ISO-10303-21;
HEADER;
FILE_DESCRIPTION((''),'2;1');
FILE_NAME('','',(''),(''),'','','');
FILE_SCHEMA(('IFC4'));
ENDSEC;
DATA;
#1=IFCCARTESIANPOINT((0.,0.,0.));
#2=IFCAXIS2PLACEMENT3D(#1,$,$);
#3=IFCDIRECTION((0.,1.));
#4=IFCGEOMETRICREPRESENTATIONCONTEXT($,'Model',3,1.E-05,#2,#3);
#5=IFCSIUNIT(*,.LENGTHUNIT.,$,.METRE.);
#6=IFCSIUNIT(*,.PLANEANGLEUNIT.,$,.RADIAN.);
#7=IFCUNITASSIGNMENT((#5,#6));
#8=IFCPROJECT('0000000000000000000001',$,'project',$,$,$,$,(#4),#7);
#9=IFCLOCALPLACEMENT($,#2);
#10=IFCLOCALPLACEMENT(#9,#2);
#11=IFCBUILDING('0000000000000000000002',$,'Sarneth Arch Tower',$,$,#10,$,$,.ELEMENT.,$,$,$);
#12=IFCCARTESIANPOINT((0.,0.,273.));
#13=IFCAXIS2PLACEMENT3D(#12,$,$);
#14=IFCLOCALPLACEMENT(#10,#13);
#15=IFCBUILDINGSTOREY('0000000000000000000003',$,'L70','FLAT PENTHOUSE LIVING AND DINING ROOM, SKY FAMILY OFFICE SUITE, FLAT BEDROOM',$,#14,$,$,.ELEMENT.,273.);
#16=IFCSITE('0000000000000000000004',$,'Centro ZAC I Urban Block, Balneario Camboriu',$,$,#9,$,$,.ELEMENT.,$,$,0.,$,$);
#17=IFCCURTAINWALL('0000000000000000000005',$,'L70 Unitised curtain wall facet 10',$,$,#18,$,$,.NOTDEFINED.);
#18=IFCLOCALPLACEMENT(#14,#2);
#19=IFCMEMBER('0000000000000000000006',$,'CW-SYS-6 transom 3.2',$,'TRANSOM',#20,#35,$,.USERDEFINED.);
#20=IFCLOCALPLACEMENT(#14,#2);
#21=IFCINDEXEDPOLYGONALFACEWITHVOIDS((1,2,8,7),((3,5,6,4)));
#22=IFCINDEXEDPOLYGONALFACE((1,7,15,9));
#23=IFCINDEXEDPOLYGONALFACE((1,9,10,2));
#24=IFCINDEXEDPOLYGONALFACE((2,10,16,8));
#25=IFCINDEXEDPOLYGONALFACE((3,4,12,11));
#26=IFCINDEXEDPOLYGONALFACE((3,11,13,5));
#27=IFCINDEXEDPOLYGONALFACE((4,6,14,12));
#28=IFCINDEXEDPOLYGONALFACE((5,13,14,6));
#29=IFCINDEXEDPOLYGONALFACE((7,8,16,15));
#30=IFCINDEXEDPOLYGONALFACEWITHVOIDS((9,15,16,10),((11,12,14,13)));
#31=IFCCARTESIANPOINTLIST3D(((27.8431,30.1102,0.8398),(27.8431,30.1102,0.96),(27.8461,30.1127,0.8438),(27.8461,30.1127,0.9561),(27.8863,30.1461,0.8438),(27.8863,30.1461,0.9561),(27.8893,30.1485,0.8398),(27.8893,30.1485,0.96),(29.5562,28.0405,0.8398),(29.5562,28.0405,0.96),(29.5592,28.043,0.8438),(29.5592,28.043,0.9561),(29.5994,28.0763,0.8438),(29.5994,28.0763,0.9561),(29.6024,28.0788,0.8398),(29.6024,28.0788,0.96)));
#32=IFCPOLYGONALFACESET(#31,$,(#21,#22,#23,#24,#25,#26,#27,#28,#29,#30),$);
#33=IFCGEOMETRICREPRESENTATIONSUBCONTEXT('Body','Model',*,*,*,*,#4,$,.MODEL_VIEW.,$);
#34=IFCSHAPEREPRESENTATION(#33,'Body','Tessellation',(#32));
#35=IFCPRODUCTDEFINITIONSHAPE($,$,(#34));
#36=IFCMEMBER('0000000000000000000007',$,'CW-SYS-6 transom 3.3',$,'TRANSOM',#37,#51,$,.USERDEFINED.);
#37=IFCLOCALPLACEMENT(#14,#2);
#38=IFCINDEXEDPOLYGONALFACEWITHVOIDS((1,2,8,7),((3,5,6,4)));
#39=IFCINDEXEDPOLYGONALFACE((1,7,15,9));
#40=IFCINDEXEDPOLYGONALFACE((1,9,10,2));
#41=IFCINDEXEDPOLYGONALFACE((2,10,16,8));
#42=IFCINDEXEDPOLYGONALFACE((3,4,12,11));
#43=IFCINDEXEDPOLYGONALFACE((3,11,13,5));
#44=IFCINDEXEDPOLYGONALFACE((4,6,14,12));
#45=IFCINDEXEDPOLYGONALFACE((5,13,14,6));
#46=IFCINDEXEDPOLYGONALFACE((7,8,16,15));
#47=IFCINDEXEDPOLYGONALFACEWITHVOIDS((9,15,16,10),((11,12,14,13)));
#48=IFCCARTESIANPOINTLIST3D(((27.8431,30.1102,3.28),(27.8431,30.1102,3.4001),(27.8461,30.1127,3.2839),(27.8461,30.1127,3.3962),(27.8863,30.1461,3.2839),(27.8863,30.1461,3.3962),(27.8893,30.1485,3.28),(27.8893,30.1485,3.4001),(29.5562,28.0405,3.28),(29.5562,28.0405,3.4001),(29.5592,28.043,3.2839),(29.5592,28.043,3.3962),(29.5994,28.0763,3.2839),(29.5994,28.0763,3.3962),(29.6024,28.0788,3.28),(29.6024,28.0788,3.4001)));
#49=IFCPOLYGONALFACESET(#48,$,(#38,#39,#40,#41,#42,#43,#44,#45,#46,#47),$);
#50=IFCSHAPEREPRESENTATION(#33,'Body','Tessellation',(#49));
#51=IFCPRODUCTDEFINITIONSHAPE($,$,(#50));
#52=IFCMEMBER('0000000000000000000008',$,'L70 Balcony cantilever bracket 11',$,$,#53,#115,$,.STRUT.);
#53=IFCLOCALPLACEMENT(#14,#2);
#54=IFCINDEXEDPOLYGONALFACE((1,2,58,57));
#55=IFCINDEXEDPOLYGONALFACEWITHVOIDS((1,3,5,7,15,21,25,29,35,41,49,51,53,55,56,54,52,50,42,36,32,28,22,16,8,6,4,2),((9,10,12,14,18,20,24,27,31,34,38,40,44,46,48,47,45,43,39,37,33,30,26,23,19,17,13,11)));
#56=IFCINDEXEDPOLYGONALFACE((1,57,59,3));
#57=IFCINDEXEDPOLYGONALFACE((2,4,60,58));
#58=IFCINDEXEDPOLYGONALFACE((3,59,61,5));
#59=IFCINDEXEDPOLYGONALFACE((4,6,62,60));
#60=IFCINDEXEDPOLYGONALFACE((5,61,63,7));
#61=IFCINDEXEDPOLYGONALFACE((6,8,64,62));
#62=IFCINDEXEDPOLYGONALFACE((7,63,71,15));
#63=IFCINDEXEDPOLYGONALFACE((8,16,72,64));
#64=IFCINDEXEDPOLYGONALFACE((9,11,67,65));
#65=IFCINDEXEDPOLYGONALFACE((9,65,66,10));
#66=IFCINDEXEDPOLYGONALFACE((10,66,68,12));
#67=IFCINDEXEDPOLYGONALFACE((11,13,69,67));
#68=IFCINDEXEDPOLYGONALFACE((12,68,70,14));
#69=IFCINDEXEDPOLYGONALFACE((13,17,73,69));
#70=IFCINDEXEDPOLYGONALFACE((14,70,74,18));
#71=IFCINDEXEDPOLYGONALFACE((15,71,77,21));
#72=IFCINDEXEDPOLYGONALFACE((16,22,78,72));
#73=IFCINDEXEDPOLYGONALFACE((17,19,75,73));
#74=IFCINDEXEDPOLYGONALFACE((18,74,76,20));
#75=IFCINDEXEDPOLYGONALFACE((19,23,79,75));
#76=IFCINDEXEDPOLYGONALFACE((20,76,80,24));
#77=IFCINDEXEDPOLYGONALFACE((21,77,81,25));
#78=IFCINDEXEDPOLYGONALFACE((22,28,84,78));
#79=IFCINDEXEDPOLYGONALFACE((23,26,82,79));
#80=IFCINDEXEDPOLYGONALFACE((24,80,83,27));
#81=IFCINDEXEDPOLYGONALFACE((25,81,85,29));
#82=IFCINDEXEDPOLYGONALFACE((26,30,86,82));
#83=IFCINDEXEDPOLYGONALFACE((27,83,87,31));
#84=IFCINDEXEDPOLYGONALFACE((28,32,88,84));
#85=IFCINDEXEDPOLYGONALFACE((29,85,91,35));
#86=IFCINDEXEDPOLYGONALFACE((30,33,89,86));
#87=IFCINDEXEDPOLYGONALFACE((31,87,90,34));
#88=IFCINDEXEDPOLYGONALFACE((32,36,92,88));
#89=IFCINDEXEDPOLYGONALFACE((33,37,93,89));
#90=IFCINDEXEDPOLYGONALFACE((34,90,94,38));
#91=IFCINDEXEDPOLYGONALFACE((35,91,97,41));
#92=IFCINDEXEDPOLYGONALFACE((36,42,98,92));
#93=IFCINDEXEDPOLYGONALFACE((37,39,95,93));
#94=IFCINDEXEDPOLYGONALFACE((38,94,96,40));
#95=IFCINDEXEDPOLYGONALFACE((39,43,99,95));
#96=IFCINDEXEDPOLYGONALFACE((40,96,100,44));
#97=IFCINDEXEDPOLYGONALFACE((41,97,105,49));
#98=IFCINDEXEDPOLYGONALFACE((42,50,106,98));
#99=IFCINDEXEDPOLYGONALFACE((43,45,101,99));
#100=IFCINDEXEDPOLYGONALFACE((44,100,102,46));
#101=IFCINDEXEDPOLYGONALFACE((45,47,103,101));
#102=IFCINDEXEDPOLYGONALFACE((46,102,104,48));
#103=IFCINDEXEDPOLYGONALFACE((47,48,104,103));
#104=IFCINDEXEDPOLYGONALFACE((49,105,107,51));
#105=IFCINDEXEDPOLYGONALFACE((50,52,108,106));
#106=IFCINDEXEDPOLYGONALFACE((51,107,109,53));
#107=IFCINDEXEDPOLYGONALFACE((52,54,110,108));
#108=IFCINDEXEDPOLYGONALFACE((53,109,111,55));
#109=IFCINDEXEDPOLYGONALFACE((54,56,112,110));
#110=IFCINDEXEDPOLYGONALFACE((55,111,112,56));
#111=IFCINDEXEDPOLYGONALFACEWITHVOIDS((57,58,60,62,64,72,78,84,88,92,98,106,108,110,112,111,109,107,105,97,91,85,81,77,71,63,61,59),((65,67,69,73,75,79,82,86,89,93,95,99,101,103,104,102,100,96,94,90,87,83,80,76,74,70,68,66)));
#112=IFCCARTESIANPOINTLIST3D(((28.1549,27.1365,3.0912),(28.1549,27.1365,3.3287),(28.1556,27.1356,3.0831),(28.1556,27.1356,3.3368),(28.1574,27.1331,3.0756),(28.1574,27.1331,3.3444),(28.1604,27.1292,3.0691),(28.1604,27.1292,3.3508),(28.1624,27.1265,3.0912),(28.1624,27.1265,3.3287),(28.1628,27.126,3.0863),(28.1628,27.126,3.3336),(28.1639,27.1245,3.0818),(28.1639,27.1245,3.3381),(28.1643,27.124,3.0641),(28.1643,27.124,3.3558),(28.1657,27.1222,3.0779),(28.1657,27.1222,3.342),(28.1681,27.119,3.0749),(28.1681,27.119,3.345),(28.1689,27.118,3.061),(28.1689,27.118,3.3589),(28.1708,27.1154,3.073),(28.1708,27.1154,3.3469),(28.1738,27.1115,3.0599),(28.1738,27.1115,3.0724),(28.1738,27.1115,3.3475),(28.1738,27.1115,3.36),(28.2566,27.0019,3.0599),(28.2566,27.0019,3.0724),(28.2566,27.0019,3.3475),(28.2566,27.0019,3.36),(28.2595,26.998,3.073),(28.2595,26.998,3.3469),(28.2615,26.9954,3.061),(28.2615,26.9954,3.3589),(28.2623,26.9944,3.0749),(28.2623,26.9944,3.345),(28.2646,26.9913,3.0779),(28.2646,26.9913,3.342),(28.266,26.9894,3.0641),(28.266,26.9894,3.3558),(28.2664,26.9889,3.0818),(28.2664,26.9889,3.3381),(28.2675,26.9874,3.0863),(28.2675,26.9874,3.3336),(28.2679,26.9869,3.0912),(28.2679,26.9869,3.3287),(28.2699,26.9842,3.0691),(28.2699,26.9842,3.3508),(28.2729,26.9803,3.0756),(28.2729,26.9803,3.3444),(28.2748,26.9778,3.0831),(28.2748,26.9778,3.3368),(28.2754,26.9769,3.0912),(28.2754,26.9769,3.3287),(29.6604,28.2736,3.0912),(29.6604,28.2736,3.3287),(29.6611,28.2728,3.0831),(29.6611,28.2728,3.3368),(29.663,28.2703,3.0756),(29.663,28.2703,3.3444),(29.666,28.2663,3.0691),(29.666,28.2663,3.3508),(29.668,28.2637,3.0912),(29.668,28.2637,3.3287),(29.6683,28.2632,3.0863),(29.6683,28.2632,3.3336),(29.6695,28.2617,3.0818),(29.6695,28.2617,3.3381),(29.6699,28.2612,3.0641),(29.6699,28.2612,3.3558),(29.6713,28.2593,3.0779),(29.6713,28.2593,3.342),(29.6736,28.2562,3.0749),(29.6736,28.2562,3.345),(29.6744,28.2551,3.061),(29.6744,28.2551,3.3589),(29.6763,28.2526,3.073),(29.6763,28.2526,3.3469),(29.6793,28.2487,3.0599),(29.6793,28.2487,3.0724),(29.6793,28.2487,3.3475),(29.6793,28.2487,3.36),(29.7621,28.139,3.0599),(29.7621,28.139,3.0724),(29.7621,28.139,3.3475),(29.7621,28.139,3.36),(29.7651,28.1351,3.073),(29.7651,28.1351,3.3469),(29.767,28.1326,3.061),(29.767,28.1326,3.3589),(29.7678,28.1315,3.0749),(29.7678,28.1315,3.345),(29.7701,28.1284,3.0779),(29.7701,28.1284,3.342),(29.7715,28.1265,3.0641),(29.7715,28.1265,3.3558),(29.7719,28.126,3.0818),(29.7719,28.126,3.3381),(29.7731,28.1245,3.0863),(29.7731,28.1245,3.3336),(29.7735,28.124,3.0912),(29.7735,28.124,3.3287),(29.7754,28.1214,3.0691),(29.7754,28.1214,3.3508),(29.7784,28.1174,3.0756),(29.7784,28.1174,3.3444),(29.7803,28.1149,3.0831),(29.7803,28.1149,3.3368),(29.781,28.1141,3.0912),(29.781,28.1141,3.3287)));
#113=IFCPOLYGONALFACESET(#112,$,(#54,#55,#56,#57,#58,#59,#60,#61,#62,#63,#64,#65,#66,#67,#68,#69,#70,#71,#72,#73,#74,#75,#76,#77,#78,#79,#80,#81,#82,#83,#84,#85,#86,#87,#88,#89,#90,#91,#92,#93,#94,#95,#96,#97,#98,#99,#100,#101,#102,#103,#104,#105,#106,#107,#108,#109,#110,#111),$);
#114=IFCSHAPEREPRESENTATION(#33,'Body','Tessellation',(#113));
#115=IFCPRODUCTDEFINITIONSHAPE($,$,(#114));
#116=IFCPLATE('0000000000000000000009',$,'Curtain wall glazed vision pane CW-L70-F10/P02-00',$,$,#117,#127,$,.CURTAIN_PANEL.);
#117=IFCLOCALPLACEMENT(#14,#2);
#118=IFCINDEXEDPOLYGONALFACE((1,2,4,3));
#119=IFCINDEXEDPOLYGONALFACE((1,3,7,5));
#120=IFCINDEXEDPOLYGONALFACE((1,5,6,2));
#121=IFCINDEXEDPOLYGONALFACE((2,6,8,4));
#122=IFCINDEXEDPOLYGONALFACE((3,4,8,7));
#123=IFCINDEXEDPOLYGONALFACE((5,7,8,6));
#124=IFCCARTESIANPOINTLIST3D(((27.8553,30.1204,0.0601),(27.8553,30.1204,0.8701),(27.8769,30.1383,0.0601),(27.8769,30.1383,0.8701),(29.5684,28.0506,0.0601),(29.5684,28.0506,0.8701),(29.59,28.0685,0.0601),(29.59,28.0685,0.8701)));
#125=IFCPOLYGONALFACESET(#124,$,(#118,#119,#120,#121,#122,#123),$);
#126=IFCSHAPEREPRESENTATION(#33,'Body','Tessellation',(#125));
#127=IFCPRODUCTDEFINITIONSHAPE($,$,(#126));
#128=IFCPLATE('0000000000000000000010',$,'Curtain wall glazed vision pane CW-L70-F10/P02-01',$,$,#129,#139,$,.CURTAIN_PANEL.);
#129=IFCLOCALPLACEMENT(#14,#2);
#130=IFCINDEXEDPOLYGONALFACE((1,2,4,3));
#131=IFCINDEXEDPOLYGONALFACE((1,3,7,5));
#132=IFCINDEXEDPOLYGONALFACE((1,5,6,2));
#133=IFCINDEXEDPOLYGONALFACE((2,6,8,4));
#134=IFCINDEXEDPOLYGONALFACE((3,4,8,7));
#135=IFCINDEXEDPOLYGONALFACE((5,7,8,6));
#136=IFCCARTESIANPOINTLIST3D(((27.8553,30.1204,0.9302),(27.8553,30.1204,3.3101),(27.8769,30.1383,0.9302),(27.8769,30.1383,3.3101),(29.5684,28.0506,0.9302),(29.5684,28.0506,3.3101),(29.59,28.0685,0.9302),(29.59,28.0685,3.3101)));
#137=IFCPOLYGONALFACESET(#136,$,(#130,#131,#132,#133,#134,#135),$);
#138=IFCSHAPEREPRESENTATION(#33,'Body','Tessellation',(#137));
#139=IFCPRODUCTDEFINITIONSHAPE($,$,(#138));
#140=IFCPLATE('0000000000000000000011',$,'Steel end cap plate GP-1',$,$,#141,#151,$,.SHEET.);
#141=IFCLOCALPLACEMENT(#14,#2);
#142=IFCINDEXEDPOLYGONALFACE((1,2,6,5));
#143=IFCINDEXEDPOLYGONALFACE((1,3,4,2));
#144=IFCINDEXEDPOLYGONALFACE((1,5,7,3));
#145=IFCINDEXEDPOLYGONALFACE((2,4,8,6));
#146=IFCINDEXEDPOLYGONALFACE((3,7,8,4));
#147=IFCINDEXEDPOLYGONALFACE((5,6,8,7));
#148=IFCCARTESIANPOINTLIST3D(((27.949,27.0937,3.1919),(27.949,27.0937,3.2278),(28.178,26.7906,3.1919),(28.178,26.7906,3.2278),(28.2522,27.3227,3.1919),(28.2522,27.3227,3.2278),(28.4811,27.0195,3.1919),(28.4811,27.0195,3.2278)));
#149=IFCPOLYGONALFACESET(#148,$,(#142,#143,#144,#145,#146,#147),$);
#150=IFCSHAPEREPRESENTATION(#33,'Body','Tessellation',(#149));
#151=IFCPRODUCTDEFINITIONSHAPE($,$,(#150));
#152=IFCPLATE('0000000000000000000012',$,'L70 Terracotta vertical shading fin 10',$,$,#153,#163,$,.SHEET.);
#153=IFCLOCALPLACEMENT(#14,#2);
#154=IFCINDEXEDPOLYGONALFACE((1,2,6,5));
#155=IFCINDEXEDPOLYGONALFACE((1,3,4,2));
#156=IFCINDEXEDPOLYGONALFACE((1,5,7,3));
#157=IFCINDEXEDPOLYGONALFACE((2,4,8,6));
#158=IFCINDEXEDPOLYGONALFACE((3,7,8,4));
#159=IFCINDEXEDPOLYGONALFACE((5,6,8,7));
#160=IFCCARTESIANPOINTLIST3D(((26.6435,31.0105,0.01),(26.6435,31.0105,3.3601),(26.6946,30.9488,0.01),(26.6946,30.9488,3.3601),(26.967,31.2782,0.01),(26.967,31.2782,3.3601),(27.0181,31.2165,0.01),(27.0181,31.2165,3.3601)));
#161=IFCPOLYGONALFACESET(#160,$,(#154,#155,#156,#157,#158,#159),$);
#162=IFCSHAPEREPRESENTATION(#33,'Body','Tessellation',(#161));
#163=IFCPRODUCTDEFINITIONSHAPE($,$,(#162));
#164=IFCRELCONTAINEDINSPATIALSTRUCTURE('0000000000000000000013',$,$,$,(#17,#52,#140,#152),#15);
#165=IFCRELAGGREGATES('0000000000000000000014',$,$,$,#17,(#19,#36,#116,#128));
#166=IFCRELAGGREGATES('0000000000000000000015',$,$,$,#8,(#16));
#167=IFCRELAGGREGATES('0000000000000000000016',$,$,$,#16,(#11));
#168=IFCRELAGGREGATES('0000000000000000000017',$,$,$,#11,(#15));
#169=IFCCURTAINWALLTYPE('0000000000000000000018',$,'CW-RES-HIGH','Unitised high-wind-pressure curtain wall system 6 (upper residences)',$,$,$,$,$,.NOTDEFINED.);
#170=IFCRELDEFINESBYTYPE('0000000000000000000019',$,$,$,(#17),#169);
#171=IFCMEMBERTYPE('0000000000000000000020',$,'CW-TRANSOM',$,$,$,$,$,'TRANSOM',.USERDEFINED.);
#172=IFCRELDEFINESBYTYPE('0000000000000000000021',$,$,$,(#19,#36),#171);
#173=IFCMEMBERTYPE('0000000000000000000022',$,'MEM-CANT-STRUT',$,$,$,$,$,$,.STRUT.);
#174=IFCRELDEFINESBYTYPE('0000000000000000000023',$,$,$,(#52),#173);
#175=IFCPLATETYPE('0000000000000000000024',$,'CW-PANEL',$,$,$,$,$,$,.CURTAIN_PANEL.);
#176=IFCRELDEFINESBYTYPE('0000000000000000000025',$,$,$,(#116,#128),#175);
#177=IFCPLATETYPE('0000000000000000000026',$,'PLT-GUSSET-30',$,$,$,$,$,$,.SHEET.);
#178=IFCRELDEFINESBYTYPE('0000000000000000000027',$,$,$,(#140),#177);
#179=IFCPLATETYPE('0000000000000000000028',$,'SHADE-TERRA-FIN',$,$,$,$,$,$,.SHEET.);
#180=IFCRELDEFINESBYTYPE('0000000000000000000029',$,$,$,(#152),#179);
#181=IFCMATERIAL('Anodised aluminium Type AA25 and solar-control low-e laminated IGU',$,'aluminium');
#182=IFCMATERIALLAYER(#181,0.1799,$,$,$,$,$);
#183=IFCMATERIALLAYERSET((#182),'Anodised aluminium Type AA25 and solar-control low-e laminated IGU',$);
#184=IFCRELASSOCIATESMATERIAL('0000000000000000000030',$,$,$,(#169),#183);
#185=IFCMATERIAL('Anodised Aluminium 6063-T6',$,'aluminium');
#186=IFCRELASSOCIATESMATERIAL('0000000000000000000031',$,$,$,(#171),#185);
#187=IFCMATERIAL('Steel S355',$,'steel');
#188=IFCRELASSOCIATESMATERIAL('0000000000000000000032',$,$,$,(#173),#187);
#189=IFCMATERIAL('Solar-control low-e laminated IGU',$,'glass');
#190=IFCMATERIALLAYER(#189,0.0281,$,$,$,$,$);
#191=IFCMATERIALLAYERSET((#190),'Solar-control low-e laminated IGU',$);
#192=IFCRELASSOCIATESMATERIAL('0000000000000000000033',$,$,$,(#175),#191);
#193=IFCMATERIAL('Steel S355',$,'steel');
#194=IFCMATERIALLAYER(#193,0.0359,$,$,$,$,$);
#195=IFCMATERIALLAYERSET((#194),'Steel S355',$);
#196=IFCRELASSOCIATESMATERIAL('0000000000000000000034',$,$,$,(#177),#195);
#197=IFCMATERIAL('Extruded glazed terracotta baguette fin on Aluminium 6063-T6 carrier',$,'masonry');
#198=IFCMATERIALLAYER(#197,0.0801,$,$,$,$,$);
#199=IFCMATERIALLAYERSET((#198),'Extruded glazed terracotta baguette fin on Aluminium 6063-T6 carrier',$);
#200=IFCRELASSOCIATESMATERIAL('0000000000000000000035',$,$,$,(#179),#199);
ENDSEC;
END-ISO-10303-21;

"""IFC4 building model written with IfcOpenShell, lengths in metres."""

from ifc_helpers import new_model, si_unit, direction, frame, origin, origin_2d, place, context, subcontext, project, spatial, rectangle, hollow_rectangle, extrude, material, layer, layer_set, material_profile, profile_set, type_object, element, aggregate, save


model = new_model("IFC4")

# Units and contexts
model_context = context("Model", 3, precision=1e-05, world=origin(), true_north=direction((0.0, 1.0)))
body_context = subcontext(model_context, "Body", "Model", "MODEL_VIEW")
ifc_project = project(units=[si_unit("LENGTHUNIT", "METRE"), si_unit("PLANEANGLEUNIT", "RADIAN")], contexts=[model_context])

# Site, building, storey
site_placement = place(None, origin())
site = spatial("IfcSite", under=ifc_project, at=site_placement, Name="Centro ZAC I Urban Block, Balneario Camboriu", CompositionType="ELEMENT", RefElevation=0.0)
building_placement = place(site_placement, origin())
building = spatial("IfcBuilding", under=site, at=building_placement, Name="Sarneth Arch Tower", CompositionType="ELEMENT")
storey_placement = place(building_placement, frame((0.0, 0.0, 273.0)))
storey = spatial("IfcBuildingStorey", under=building, at=storey_placement, Name="L70", Description="FLAT PENTHOUSE LIVING AND DINING ROOM, SKY FAMILY OFFICE SUITE, FLAT BEDROOM", CompositionType="ELEMENT", Elevation=273.0)

# Curtain wall, members
ifc_material_1 = material(Name="Anodised aluminium Type AA25 and solar-control low-e laminated IGU", Category="aluminium")
ifc_layer_1 = layer(ifc_material_1, 0.1799)
ifc_layer_set_1 = layer_set([ifc_layer_1], Name="Anodised aluminium Type AA25 and solar-control low-e laminated IGU")
curtain_wall_type = type_object("IfcCurtainWallType", Name="CW-RES-HIGH", Description="Unitised high-wind-pressure curtain wall system 6 (upper residences)", PredefinedType="NOTDEFINED", material=ifc_layer_set_1)
curtain_wall_placement = place(storey_placement, origin())
curtain_wall = element("IfcCurtainWall", 1, at=curtain_wall_placement, inside=storey, type_object=curtain_wall_type, Name="L70 Unitised curtain wall facet 10", PredefinedType="NOTDEFINED")
ifc_material_2 = material(Name="Anodised Aluminium 6063-T6", Category="aluminium")
ifc_material_profile_1 = material_profile(ifc_material_2, hollow_rectangle(XDim=0.0601, YDim=0.1201, WallThickness=0.0039, at=origin_2d()), Name="AL-TRAN-120x60x4")
ifc_profile_set_1 = profile_set([ifc_material_profile_1], Name="Anodised Aluminium 6063-T6")
member_type_1 = type_object("IfcMemberType", Name="CW-TRANSOM", ElementType="TRANSOM", PredefinedType="USERDEFINED", material=ifc_profile_set_1)
member_1_placement = place(storey_placement, frame((27.8662, 30.1294, 0.8999), z_axis=(0.637607, -0.770362, 0.0), x_axis=(0.770362, 0.637607, 0.0)))
member_1 = element("IfcMember", 2, at=member_1_placement, type_object=member_type_1, Name="CW-SYS-6 transom 3.2", ObjectType="TRANSOM", PredefinedType="USERDEFINED", context=body_context, shape_type="SweptSolid", body=[
    extrude(hollow_rectangle(XDim=0.0601, YDim=0.1201, WallThickness=0.0039, at=origin_2d()), origin(), (0.0, 0.0, 1.0), 2.6868),
])
member_2_placement = place(storey_placement, frame((27.8662, 30.1294, 3.3401), z_axis=(0.637607, -0.770362, 0.0), x_axis=(0.770362, 0.637607, 0.0)))
member_2 = element("IfcMember", 3, at=member_2_placement, type_object=member_type_1, Name="CW-SYS-6 transom 3.3", ObjectType="TRANSOM", PredefinedType="USERDEFINED", context=body_context, shape_type="SweptSolid", body=[
    extrude(hollow_rectangle(XDim=0.0601, YDim=0.1201, WallThickness=0.0039, at=origin_2d()), origin(), (0.0, 0.0, 1.0), 2.6868),
])

# Member
ifc_material_3 = material(Name="Steel S355", Category="steel")
ifc_material_profile_2 = material_profile(ifc_material_3, hollow_rectangle(XDim=0.2, YDim=0.3, WallThickness=0.0125, InnerFilletRadius=0.0188, OuterFilletRadius=0.0312, at=origin_2d()), Name="RHS300x200x12.5")
ifc_profile_set_2 = profile_set([ifc_material_profile_2], Name="Steel S355")
member_type_2 = type_object("IfcMemberType", Name="MEM-CANT-STRUT", PredefinedType="STRUT", material=ifc_profile_set_2)
member_3_placement = place(storey_placement, frame((29.7207, 28.1938, 3.21), z_axis=(-0.797961, -0.602709, 0.0), x_axis=(0.602709, -0.797961, 0.0)))
element("IfcMember", 4, at=member_3_placement, inside=storey, type_object=member_type_2, Name="L70 Balcony cantilever bracket 11", PredefinedType="STRUT", context=body_context, shape_type="SweptSolid", body=[
    extrude(hollow_rectangle(XDim=0.2, YDim=0.3, WallThickness=0.0125, InnerFilletRadius=0.0188, OuterFilletRadius=0.0312, at=origin_2d()), origin(), (0.0, 0.0, 1.0), 1.8867),
])

# Plates
ifc_material_4 = material(Name="Solar-control low-e laminated IGU", Category="glass")
ifc_layer_2 = layer(ifc_material_4, 0.0281)
ifc_layer_set_2 = layer_set([ifc_layer_2], Name="Solar-control low-e laminated IGU")
plate_type_1 = type_object("IfcPlateType", Name="CW-PANEL", PredefinedType="CURTAIN_PANEL", material=ifc_layer_set_2)
plate_1_placement = place(storey_placement, frame((28.7227, 29.0945, 0.0601), z_axis=(0.0, 0.0, 1.0), x_axis=(0.63761, -0.770359, 0.0)))
plate_1 = element("IfcPlate", 5, at=plate_1_placement, type_object=plate_type_1, Name="Curtain wall glazed vision pane CW-L70-F10/P02-00", PredefinedType="CURTAIN_PANEL", context=body_context, shape_type="SweptSolid", body=[
    extrude(rectangle(XDim=2.6868, YDim=0.0281, at=origin_2d()), origin(), (0.0, 0.0, 1.0), 0.8101),
])
plate_2_placement = place(storey_placement, frame((28.7227, 29.0945, 0.9302), z_axis=(0.0, 0.0, 1.0), x_axis=(0.63761, -0.770359, 0.0)))
plate_2 = element("IfcPlate", 6, at=plate_2_placement, type_object=plate_type_1, Name="Curtain wall glazed vision pane CW-L70-F10/P02-01", PredefinedType="CURTAIN_PANEL", context=body_context, shape_type="SweptSolid", body=[
    extrude(rectangle(XDim=2.6868, YDim=0.0281, at=origin_2d()), origin(), (0.0, 0.0, 1.0), 2.3799),
])
aggregate(curtain_wall, [member_1, member_2, plate_1, plate_2])

# Plates
ifc_material_5 = material(Name="Steel S355", Category="steel")
ifc_layer_3 = layer(ifc_material_5, 0.0359)
ifc_layer_set_3 = layer_set([ifc_layer_3], Name="Steel S355")
plate_type_2 = type_object("IfcPlateType", Name="PLT-GUSSET-30", PredefinedType="SHEET", material=ifc_layer_set_3)
plate_3_placement = place(storey_placement, frame((28.2151, 27.0566, 3.1919), z_axis=(0.0, 0.0, 1.0), x_axis=(-0.798005, -0.602651, 0.0)))
element("IfcPlate", 7, at=plate_3_placement, inside=storey, type_object=plate_type_2, Name="Steel end cap plate GP-1", PredefinedType="SHEET", context=body_context, shape_type="SweptSolid", body=[
    extrude(rectangle(XDim=0.3799, YDim=0.3799, at=origin_2d()), origin(), (0.0, 0.0, 1.0), 0.0359),
])
ifc_material_6 = material(Name="Extruded glazed terracotta baguette fin on Aluminium 6063-T6 carrier", Category="masonry")
ifc_layer_4 = layer(ifc_material_6, 0.0801)
ifc_layer_set_4 = layer_set([ifc_layer_4], Name="Extruded glazed terracotta baguette fin on Aluminium 6063-T6 carrier")
plate_type_3 = type_object("IfcPlateType", Name="SHADE-TERRA-FIN", PredefinedType="SHEET", material=ifc_layer_set_4)
plate_4_placement = place(storey_placement, frame((26.8308, 31.1135, 0.01), z_axis=(0.0, 0.0, 1.0), x_axis=(-0.770402, -0.637558, 0.0)))
element("IfcPlate", 8, at=plate_4_placement, inside=storey, type_object=plate_type_3, Name="L70 Terracotta vertical shading fin 10", PredefinedType="SHEET", context=body_context, shape_type="SweptSolid", body=[
    extrude(rectangle(XDim=0.4199, YDim=0.0801, at=origin_2d()), origin(), (0.0, 0.0, 1.0), 3.3501),
])

save(model, "model.ifc")
